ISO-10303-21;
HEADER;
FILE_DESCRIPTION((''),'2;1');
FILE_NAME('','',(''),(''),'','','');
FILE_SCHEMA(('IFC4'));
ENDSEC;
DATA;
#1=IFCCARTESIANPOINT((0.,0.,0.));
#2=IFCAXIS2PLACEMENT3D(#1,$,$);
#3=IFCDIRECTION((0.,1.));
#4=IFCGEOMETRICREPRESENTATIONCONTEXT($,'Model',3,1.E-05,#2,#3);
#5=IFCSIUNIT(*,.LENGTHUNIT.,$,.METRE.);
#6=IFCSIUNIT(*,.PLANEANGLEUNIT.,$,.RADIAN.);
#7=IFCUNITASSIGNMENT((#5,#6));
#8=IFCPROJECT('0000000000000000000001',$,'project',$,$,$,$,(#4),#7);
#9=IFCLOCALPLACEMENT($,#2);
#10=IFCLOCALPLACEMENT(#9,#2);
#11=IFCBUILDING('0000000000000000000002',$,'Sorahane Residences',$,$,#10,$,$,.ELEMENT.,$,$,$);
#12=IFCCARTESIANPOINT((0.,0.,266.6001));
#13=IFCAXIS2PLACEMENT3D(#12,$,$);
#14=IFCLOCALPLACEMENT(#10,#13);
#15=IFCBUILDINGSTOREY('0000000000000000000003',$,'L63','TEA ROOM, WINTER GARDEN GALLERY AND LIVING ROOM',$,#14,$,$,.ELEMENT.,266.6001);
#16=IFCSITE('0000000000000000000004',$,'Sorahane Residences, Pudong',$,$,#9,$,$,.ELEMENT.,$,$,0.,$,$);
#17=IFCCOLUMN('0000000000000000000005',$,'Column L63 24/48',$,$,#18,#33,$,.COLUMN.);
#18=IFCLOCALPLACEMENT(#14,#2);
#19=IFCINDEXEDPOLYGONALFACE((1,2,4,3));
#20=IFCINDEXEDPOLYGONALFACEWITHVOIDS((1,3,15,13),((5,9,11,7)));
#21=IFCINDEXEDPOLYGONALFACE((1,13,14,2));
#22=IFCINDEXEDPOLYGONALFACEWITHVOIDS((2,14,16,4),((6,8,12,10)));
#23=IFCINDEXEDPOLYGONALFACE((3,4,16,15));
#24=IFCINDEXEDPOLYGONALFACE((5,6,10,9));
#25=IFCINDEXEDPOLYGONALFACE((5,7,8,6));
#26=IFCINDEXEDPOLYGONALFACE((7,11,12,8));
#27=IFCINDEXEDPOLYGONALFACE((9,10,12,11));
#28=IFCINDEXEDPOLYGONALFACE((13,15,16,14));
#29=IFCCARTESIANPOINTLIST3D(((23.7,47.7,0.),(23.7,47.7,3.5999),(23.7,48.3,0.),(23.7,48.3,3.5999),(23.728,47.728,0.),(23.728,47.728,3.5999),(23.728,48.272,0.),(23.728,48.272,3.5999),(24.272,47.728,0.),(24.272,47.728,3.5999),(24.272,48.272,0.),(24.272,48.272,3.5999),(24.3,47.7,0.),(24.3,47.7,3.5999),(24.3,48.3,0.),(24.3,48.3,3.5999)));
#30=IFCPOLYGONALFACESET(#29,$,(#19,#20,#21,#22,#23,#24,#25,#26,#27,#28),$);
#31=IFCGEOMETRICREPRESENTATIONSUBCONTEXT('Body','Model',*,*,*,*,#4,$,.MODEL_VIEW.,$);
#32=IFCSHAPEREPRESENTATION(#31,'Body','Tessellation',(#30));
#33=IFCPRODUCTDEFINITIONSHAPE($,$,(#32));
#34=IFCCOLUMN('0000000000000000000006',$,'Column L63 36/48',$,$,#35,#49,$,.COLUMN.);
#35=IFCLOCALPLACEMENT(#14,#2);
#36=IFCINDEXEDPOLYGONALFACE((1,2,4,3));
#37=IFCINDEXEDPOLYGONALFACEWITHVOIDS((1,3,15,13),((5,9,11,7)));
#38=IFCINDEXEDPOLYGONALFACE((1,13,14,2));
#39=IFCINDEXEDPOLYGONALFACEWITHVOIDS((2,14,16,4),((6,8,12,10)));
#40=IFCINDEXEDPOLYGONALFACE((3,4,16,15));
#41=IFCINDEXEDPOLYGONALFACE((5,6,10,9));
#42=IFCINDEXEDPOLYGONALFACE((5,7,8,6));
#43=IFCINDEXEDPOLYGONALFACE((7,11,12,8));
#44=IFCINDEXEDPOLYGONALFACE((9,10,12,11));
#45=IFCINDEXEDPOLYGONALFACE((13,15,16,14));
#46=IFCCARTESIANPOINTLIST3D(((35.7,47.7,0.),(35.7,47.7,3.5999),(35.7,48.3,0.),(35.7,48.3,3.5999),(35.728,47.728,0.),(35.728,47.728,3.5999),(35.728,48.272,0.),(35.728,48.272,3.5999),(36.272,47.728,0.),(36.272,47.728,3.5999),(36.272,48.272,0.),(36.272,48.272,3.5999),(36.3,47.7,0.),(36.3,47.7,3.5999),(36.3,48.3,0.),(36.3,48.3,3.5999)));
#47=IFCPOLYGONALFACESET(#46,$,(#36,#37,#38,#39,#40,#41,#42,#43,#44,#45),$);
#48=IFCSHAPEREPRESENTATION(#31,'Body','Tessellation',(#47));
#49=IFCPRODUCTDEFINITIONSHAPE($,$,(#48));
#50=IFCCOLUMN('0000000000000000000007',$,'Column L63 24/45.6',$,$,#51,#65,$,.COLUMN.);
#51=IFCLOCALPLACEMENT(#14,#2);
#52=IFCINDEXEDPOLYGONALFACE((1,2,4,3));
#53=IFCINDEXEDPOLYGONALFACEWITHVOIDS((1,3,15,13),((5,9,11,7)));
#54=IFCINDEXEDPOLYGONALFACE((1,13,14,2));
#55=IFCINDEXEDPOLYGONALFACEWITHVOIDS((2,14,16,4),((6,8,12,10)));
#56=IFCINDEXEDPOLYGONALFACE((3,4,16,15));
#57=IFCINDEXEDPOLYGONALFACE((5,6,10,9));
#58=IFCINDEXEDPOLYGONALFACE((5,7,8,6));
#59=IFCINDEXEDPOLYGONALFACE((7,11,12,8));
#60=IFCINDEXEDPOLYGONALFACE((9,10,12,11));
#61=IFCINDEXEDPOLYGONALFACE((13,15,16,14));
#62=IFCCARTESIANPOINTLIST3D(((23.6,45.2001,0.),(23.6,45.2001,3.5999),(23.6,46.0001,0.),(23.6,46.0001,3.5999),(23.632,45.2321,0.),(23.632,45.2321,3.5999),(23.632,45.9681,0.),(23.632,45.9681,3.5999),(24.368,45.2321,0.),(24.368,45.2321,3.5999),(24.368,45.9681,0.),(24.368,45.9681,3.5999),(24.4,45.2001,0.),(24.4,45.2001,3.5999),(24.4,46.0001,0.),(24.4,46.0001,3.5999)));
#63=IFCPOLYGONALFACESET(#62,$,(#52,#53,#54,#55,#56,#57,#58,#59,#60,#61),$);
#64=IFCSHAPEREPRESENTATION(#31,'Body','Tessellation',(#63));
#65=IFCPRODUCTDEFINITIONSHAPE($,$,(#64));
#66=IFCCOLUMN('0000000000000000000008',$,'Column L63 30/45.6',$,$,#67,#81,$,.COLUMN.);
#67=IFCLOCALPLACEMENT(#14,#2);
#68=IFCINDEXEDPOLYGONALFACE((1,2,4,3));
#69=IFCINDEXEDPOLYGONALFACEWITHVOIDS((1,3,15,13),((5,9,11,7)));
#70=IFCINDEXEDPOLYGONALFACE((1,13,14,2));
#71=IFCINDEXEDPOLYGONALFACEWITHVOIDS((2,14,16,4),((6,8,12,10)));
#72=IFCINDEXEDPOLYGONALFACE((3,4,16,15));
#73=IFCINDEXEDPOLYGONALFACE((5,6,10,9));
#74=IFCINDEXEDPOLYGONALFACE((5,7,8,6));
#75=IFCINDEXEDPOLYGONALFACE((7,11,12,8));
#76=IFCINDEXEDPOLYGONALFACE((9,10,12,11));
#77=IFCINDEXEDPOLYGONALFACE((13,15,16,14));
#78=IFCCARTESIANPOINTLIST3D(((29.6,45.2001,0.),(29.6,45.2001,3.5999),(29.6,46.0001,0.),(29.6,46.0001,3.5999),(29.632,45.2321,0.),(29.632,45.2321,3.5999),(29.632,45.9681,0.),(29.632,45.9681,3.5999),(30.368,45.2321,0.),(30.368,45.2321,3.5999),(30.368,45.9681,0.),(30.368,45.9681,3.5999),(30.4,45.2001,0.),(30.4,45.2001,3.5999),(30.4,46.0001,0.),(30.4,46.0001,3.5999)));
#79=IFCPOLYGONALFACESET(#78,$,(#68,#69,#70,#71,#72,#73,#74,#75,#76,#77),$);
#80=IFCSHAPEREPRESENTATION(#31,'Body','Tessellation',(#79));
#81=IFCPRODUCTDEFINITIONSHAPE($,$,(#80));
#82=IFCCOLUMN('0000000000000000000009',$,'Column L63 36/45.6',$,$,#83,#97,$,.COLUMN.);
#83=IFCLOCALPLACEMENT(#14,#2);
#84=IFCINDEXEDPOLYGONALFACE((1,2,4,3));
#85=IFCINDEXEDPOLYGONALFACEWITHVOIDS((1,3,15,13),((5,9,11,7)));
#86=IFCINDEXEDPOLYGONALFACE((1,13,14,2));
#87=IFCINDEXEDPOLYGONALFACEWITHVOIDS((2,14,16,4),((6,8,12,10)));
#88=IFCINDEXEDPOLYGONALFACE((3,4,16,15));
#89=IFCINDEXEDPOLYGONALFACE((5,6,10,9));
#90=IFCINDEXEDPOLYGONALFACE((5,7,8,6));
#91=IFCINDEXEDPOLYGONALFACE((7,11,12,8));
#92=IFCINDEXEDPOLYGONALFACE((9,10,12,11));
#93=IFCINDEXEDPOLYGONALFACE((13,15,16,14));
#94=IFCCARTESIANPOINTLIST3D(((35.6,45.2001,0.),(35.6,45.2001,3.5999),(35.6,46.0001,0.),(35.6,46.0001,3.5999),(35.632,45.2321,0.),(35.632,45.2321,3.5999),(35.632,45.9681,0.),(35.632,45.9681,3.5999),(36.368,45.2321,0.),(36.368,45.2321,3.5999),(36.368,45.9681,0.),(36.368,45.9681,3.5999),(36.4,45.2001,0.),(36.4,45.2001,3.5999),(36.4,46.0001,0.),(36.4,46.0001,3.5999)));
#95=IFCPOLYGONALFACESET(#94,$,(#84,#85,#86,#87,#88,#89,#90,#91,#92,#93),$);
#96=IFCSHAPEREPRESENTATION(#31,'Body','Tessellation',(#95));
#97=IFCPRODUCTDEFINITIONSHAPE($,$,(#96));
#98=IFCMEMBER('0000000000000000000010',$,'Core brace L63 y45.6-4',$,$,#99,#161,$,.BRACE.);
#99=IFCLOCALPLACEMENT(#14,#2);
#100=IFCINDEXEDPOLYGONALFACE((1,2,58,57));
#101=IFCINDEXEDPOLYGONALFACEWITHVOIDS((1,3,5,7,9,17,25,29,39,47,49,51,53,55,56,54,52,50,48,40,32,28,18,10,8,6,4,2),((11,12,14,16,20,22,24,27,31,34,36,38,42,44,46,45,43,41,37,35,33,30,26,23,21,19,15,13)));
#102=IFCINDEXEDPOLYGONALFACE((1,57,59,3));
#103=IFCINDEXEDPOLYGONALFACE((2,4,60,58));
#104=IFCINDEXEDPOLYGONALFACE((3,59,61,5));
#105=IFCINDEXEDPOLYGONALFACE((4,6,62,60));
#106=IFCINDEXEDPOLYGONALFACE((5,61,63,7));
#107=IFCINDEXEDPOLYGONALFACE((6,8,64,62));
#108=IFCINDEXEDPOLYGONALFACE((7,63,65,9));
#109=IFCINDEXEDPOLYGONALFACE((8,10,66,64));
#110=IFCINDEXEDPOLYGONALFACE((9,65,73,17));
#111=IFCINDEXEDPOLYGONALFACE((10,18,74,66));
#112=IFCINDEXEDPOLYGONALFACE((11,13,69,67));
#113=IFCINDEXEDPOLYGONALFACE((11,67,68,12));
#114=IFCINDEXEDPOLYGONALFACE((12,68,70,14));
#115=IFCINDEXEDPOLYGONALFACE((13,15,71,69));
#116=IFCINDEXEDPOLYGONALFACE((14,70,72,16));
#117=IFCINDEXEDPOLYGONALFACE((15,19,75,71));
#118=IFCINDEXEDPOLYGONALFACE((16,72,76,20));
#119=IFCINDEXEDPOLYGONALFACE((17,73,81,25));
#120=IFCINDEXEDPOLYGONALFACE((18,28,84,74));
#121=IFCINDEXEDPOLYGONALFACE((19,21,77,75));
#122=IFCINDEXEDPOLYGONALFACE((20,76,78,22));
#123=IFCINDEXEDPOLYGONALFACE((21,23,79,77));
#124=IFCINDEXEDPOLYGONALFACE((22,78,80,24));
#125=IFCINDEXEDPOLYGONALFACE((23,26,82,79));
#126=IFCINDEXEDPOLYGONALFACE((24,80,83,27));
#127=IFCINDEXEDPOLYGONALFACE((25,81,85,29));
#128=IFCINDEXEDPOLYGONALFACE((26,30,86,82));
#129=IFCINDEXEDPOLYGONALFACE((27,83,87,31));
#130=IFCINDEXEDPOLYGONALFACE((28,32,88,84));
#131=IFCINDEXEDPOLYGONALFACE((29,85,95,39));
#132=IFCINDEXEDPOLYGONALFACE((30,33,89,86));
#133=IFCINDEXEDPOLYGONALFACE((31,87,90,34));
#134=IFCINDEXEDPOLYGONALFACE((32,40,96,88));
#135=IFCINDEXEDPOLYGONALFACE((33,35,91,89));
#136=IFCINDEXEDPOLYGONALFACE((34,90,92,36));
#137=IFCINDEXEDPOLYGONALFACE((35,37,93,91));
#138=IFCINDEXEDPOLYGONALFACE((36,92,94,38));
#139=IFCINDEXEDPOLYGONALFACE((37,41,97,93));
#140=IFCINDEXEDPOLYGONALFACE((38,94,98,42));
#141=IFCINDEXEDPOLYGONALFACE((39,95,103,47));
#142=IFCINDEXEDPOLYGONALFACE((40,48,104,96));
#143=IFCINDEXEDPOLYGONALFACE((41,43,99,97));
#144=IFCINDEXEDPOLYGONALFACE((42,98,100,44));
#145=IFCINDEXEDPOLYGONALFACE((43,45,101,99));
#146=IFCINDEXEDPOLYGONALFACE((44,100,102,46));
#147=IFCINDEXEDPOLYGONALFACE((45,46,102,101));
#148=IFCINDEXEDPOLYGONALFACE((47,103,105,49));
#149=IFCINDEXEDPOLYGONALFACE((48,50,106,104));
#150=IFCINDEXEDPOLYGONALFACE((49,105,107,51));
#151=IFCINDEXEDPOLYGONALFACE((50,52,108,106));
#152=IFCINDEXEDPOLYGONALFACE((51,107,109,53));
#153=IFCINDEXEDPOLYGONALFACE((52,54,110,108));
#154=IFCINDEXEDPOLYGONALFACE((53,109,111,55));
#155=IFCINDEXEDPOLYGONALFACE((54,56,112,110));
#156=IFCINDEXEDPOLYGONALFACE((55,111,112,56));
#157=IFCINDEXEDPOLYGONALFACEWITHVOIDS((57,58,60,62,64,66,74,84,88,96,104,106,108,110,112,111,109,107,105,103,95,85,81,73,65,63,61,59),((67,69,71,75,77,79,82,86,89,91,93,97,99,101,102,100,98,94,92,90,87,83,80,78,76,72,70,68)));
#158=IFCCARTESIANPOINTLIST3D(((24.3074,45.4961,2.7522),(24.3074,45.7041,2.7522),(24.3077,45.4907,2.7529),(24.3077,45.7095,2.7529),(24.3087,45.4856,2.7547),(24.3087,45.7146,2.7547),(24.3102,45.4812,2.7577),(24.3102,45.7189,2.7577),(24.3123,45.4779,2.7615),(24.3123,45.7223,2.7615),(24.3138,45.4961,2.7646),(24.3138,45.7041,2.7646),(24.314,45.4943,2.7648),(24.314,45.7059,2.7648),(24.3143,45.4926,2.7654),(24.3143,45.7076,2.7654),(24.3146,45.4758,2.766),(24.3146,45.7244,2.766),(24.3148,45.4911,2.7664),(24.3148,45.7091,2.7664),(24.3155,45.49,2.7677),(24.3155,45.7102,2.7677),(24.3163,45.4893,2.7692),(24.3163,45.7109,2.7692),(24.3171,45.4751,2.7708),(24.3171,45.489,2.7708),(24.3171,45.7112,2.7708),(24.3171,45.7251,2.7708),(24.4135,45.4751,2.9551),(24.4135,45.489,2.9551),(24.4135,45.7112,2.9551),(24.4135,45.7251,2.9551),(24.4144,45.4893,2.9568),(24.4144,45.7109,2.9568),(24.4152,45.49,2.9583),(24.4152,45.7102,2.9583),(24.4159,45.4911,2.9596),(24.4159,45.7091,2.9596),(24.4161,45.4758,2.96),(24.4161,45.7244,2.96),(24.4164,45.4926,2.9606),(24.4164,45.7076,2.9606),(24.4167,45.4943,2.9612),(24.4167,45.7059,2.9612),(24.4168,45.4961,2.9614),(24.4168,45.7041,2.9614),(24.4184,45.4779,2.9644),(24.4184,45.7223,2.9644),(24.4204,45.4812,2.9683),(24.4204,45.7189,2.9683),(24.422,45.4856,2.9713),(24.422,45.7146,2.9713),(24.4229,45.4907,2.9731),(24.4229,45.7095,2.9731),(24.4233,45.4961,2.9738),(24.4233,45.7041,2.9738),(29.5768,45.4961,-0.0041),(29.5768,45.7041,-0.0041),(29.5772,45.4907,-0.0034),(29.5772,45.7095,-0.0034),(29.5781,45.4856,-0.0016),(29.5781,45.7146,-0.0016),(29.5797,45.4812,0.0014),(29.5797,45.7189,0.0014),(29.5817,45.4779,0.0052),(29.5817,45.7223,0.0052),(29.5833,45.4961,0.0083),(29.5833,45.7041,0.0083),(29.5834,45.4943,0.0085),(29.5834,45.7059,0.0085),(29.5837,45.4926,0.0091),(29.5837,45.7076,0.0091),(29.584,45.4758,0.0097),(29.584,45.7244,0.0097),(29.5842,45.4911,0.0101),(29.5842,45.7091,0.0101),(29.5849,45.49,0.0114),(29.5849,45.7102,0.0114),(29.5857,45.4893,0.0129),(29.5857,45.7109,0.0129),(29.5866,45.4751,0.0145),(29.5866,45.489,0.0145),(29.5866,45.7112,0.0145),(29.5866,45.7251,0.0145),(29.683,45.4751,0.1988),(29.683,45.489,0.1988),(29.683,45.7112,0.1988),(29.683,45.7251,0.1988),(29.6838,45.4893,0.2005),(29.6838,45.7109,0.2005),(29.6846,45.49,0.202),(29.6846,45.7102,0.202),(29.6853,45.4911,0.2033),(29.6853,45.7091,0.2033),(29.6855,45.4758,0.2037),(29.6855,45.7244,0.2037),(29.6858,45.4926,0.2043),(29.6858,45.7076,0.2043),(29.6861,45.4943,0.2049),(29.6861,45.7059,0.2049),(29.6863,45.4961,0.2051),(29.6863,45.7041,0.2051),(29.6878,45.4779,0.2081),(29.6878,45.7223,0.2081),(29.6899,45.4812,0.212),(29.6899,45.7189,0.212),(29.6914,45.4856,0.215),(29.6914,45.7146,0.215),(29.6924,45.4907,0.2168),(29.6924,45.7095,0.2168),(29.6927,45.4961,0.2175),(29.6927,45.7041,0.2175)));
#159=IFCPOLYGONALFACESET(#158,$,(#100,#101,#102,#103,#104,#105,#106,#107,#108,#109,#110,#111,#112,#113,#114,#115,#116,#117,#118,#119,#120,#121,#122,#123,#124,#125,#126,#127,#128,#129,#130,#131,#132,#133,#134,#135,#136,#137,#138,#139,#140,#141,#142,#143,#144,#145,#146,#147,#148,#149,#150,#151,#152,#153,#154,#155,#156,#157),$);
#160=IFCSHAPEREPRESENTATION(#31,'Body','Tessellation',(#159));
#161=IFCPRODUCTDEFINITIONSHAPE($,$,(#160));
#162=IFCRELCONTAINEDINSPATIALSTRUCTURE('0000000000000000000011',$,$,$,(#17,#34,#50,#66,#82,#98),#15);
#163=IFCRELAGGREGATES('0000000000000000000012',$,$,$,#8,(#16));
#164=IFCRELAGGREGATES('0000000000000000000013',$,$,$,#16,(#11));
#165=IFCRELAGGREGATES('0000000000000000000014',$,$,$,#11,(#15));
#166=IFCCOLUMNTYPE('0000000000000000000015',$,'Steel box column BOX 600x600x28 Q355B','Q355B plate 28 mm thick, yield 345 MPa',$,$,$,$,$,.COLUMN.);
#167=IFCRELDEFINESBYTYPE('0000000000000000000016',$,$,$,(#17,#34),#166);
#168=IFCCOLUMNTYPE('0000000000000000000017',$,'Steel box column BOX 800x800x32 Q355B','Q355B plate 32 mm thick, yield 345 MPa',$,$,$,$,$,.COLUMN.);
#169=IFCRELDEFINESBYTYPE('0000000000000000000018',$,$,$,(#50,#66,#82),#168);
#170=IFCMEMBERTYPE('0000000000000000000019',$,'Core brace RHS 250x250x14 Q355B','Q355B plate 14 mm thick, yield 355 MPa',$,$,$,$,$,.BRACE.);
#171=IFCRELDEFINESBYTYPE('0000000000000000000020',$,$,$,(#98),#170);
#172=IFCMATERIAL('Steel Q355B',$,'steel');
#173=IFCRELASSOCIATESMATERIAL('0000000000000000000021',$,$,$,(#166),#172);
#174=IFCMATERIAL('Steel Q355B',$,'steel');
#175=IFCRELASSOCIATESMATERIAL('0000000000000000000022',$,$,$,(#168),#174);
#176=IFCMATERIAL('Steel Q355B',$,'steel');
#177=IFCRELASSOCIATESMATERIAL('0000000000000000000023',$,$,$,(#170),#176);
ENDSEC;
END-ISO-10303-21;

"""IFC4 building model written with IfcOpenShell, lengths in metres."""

from ifc_helpers import new_model, si_unit, direction, frame, origin, origin_2d, place, context, subcontext, project, spatial, hollow_rectangle, extrude, material, material_profile, profile_set, type_object, element, save


model = new_model("IFC4")

# Units and contexts
model_context = context("Model", 3, precision=1e-05, world=origin(), true_north=direction((0.0, 1.0)))
body_context = subcontext(model_context, "Body", "Model", "MODEL_VIEW")
ifc_project = project(units=[si_unit("LENGTHUNIT", "METRE"), si_unit("PLANEANGLEUNIT", "RADIAN")], contexts=[model_context])

# Site, building, storey
site_placement = place(None, origin())
site = spatial("IfcSite", under=ifc_project, at=site_placement, Name="Sorahane Residences, Pudong", CompositionType="ELEMENT", RefElevation=0.0)
building_placement = place(site_placement, origin())
building = spatial("IfcBuilding", under=site, at=building_placement, Name="Sorahane Residences", CompositionType="ELEMENT")
storey_placement = place(building_placement, frame((0.0, 0.0, 266.6001)))
storey = spatial("IfcBuildingStorey", under=building, at=storey_placement, Name="L63", Description="TEA ROOM, WINTER GARDEN GALLERY AND LIVING ROOM", CompositionType="ELEMENT", Elevation=266.6001)

# Columns
ifc_material_1 = material(Name="Steel Q355B", Category="steel")
ifc_material_profile_1 = material_profile(ifc_material_1, hollow_rectangle(XDim=0.6001, YDim=0.6001, WallThickness=0.0281, at=origin_2d()), Name="BOX 600x600x28")
ifc_profile_set_1 = profile_set([ifc_material_profile_1], Name="Steel Q355B")
column_type_1 = type_object("IfcColumnType", Name="Steel box column BOX 600x600x28 Q355B", Description="Q355B plate 28 mm thick, yield 345 MPa", PredefinedType="COLUMN", material=ifc_profile_set_1)
for number, where, z_axis, x_axis, name in (
    (1, (24.0, 48.0, 0.0), (0.0, 0.0, 1.0), (1.0, 0.0, 0.0), "Column L63 24/48"),
    (2, (36.0, 48.0, 0.0), (0.0, 0.0, 1.0), (1.0, 0.0, 0.0), "Column L63 36/48"),
):
    element("IfcColumn", number, at=place(storey_placement, frame(where, z_axis=z_axis, x_axis=x_axis)), inside=storey, type_object=column_type_1, Name=name, PredefinedType="COLUMN", context=body_context, shape_type="SweptSolid", body=[
        extrude(hollow_rectangle(XDim=0.6001, YDim=0.6001, WallThickness=0.0281, at=origin_2d()), origin(), (0.0, 0.0, 1.0), 3.5999),
    ])
ifc_material_2 = material(Name="Steel Q355B", Category="steel")
ifc_material_profile_2 = material_profile(ifc_material_2, hollow_rectangle(XDim=0.8, YDim=0.8, WallThickness=0.032, at=origin_2d()), Name="BOX 800x800x32")
ifc_profile_set_2 = profile_set([ifc_material_profile_2], Name="Steel Q355B")
column_type_2 = type_object("IfcColumnType", Name="Steel box column BOX 800x800x32 Q355B", Description="Q355B plate 32 mm thick, yield 345 MPa", PredefinedType="COLUMN", material=ifc_profile_set_2)
for number, where, z_axis, x_axis, name in (
    (3, (24.0, 45.6001, 0.0), (0.0, 0.0, 1.0), (1.0, 0.0, 0.0), "Column L63 24/45.6"),
    (4, (30.0, 45.6001, 0.0), (0.0, 0.0, 1.0), (1.0, 0.0, 0.0), "Column L63 30/45.6"),
    (5, (36.0, 45.6001, 0.0), (0.0, 0.0, 1.0), (1.0, 0.0, 0.0), "Column L63 36/45.6"),
):
    element("IfcColumn", number, at=place(storey_placement, frame(where, z_axis=z_axis, x_axis=x_axis)), inside=storey, type_object=column_type_2, Name=name, PredefinedType="COLUMN", context=body_context, shape_type="SweptSolid", body=[
        extrude(hollow_rectangle(XDim=0.8, YDim=0.8, WallThickness=0.032, at=origin_2d()), origin(), (0.0, 0.0, 1.0), 3.5999),
    ])

# Member
ifc_material_3 = material(Name="Steel Q355B", Category="steel")
ifc_material_profile_3 = material_profile(ifc_material_3, hollow_rectangle(XDim=0.25, YDim=0.25, WallThickness=0.0139, InnerFilletRadius=0.0071, OuterFilletRadius=0.021, at=origin_2d()), Name="RHS 250x250x14")
ifc_profile_set_3 = profile_set([ifc_material_profile_3], Name="Steel Q355B")
member_type_1 = type_object("IfcMemberType", Name="Core brace RHS 250x250x14 Q355B", Description="Q355B plate 14 mm thick, yield 355 MPa", PredefinedType="BRACE", material=ifc_profile_set_3)
member_1_placement = place(storey_placement, frame((29.6348, 45.6001, 0.1067), z_axis=(-0.8861, 0.0, 0.463495), x_axis=(0.0, -1.0, 0.0)))
element("IfcMember", 6, at=member_1_placement, inside=storey, type_object=member_type_1, Name="Core brace L63 y45.6-4", PredefinedType="BRACE", context=body_context, shape_type="SweptSolid", body=[
    extrude(hollow_rectangle(XDim=0.25, YDim=0.25, WallThickness=0.0139, InnerFilletRadius=0.0071, OuterFilletRadius=0.021, at=origin_2d()), origin(), (0.0, 0.0, 1.0), 5.9468),
])

save(model, "model.ifc")
